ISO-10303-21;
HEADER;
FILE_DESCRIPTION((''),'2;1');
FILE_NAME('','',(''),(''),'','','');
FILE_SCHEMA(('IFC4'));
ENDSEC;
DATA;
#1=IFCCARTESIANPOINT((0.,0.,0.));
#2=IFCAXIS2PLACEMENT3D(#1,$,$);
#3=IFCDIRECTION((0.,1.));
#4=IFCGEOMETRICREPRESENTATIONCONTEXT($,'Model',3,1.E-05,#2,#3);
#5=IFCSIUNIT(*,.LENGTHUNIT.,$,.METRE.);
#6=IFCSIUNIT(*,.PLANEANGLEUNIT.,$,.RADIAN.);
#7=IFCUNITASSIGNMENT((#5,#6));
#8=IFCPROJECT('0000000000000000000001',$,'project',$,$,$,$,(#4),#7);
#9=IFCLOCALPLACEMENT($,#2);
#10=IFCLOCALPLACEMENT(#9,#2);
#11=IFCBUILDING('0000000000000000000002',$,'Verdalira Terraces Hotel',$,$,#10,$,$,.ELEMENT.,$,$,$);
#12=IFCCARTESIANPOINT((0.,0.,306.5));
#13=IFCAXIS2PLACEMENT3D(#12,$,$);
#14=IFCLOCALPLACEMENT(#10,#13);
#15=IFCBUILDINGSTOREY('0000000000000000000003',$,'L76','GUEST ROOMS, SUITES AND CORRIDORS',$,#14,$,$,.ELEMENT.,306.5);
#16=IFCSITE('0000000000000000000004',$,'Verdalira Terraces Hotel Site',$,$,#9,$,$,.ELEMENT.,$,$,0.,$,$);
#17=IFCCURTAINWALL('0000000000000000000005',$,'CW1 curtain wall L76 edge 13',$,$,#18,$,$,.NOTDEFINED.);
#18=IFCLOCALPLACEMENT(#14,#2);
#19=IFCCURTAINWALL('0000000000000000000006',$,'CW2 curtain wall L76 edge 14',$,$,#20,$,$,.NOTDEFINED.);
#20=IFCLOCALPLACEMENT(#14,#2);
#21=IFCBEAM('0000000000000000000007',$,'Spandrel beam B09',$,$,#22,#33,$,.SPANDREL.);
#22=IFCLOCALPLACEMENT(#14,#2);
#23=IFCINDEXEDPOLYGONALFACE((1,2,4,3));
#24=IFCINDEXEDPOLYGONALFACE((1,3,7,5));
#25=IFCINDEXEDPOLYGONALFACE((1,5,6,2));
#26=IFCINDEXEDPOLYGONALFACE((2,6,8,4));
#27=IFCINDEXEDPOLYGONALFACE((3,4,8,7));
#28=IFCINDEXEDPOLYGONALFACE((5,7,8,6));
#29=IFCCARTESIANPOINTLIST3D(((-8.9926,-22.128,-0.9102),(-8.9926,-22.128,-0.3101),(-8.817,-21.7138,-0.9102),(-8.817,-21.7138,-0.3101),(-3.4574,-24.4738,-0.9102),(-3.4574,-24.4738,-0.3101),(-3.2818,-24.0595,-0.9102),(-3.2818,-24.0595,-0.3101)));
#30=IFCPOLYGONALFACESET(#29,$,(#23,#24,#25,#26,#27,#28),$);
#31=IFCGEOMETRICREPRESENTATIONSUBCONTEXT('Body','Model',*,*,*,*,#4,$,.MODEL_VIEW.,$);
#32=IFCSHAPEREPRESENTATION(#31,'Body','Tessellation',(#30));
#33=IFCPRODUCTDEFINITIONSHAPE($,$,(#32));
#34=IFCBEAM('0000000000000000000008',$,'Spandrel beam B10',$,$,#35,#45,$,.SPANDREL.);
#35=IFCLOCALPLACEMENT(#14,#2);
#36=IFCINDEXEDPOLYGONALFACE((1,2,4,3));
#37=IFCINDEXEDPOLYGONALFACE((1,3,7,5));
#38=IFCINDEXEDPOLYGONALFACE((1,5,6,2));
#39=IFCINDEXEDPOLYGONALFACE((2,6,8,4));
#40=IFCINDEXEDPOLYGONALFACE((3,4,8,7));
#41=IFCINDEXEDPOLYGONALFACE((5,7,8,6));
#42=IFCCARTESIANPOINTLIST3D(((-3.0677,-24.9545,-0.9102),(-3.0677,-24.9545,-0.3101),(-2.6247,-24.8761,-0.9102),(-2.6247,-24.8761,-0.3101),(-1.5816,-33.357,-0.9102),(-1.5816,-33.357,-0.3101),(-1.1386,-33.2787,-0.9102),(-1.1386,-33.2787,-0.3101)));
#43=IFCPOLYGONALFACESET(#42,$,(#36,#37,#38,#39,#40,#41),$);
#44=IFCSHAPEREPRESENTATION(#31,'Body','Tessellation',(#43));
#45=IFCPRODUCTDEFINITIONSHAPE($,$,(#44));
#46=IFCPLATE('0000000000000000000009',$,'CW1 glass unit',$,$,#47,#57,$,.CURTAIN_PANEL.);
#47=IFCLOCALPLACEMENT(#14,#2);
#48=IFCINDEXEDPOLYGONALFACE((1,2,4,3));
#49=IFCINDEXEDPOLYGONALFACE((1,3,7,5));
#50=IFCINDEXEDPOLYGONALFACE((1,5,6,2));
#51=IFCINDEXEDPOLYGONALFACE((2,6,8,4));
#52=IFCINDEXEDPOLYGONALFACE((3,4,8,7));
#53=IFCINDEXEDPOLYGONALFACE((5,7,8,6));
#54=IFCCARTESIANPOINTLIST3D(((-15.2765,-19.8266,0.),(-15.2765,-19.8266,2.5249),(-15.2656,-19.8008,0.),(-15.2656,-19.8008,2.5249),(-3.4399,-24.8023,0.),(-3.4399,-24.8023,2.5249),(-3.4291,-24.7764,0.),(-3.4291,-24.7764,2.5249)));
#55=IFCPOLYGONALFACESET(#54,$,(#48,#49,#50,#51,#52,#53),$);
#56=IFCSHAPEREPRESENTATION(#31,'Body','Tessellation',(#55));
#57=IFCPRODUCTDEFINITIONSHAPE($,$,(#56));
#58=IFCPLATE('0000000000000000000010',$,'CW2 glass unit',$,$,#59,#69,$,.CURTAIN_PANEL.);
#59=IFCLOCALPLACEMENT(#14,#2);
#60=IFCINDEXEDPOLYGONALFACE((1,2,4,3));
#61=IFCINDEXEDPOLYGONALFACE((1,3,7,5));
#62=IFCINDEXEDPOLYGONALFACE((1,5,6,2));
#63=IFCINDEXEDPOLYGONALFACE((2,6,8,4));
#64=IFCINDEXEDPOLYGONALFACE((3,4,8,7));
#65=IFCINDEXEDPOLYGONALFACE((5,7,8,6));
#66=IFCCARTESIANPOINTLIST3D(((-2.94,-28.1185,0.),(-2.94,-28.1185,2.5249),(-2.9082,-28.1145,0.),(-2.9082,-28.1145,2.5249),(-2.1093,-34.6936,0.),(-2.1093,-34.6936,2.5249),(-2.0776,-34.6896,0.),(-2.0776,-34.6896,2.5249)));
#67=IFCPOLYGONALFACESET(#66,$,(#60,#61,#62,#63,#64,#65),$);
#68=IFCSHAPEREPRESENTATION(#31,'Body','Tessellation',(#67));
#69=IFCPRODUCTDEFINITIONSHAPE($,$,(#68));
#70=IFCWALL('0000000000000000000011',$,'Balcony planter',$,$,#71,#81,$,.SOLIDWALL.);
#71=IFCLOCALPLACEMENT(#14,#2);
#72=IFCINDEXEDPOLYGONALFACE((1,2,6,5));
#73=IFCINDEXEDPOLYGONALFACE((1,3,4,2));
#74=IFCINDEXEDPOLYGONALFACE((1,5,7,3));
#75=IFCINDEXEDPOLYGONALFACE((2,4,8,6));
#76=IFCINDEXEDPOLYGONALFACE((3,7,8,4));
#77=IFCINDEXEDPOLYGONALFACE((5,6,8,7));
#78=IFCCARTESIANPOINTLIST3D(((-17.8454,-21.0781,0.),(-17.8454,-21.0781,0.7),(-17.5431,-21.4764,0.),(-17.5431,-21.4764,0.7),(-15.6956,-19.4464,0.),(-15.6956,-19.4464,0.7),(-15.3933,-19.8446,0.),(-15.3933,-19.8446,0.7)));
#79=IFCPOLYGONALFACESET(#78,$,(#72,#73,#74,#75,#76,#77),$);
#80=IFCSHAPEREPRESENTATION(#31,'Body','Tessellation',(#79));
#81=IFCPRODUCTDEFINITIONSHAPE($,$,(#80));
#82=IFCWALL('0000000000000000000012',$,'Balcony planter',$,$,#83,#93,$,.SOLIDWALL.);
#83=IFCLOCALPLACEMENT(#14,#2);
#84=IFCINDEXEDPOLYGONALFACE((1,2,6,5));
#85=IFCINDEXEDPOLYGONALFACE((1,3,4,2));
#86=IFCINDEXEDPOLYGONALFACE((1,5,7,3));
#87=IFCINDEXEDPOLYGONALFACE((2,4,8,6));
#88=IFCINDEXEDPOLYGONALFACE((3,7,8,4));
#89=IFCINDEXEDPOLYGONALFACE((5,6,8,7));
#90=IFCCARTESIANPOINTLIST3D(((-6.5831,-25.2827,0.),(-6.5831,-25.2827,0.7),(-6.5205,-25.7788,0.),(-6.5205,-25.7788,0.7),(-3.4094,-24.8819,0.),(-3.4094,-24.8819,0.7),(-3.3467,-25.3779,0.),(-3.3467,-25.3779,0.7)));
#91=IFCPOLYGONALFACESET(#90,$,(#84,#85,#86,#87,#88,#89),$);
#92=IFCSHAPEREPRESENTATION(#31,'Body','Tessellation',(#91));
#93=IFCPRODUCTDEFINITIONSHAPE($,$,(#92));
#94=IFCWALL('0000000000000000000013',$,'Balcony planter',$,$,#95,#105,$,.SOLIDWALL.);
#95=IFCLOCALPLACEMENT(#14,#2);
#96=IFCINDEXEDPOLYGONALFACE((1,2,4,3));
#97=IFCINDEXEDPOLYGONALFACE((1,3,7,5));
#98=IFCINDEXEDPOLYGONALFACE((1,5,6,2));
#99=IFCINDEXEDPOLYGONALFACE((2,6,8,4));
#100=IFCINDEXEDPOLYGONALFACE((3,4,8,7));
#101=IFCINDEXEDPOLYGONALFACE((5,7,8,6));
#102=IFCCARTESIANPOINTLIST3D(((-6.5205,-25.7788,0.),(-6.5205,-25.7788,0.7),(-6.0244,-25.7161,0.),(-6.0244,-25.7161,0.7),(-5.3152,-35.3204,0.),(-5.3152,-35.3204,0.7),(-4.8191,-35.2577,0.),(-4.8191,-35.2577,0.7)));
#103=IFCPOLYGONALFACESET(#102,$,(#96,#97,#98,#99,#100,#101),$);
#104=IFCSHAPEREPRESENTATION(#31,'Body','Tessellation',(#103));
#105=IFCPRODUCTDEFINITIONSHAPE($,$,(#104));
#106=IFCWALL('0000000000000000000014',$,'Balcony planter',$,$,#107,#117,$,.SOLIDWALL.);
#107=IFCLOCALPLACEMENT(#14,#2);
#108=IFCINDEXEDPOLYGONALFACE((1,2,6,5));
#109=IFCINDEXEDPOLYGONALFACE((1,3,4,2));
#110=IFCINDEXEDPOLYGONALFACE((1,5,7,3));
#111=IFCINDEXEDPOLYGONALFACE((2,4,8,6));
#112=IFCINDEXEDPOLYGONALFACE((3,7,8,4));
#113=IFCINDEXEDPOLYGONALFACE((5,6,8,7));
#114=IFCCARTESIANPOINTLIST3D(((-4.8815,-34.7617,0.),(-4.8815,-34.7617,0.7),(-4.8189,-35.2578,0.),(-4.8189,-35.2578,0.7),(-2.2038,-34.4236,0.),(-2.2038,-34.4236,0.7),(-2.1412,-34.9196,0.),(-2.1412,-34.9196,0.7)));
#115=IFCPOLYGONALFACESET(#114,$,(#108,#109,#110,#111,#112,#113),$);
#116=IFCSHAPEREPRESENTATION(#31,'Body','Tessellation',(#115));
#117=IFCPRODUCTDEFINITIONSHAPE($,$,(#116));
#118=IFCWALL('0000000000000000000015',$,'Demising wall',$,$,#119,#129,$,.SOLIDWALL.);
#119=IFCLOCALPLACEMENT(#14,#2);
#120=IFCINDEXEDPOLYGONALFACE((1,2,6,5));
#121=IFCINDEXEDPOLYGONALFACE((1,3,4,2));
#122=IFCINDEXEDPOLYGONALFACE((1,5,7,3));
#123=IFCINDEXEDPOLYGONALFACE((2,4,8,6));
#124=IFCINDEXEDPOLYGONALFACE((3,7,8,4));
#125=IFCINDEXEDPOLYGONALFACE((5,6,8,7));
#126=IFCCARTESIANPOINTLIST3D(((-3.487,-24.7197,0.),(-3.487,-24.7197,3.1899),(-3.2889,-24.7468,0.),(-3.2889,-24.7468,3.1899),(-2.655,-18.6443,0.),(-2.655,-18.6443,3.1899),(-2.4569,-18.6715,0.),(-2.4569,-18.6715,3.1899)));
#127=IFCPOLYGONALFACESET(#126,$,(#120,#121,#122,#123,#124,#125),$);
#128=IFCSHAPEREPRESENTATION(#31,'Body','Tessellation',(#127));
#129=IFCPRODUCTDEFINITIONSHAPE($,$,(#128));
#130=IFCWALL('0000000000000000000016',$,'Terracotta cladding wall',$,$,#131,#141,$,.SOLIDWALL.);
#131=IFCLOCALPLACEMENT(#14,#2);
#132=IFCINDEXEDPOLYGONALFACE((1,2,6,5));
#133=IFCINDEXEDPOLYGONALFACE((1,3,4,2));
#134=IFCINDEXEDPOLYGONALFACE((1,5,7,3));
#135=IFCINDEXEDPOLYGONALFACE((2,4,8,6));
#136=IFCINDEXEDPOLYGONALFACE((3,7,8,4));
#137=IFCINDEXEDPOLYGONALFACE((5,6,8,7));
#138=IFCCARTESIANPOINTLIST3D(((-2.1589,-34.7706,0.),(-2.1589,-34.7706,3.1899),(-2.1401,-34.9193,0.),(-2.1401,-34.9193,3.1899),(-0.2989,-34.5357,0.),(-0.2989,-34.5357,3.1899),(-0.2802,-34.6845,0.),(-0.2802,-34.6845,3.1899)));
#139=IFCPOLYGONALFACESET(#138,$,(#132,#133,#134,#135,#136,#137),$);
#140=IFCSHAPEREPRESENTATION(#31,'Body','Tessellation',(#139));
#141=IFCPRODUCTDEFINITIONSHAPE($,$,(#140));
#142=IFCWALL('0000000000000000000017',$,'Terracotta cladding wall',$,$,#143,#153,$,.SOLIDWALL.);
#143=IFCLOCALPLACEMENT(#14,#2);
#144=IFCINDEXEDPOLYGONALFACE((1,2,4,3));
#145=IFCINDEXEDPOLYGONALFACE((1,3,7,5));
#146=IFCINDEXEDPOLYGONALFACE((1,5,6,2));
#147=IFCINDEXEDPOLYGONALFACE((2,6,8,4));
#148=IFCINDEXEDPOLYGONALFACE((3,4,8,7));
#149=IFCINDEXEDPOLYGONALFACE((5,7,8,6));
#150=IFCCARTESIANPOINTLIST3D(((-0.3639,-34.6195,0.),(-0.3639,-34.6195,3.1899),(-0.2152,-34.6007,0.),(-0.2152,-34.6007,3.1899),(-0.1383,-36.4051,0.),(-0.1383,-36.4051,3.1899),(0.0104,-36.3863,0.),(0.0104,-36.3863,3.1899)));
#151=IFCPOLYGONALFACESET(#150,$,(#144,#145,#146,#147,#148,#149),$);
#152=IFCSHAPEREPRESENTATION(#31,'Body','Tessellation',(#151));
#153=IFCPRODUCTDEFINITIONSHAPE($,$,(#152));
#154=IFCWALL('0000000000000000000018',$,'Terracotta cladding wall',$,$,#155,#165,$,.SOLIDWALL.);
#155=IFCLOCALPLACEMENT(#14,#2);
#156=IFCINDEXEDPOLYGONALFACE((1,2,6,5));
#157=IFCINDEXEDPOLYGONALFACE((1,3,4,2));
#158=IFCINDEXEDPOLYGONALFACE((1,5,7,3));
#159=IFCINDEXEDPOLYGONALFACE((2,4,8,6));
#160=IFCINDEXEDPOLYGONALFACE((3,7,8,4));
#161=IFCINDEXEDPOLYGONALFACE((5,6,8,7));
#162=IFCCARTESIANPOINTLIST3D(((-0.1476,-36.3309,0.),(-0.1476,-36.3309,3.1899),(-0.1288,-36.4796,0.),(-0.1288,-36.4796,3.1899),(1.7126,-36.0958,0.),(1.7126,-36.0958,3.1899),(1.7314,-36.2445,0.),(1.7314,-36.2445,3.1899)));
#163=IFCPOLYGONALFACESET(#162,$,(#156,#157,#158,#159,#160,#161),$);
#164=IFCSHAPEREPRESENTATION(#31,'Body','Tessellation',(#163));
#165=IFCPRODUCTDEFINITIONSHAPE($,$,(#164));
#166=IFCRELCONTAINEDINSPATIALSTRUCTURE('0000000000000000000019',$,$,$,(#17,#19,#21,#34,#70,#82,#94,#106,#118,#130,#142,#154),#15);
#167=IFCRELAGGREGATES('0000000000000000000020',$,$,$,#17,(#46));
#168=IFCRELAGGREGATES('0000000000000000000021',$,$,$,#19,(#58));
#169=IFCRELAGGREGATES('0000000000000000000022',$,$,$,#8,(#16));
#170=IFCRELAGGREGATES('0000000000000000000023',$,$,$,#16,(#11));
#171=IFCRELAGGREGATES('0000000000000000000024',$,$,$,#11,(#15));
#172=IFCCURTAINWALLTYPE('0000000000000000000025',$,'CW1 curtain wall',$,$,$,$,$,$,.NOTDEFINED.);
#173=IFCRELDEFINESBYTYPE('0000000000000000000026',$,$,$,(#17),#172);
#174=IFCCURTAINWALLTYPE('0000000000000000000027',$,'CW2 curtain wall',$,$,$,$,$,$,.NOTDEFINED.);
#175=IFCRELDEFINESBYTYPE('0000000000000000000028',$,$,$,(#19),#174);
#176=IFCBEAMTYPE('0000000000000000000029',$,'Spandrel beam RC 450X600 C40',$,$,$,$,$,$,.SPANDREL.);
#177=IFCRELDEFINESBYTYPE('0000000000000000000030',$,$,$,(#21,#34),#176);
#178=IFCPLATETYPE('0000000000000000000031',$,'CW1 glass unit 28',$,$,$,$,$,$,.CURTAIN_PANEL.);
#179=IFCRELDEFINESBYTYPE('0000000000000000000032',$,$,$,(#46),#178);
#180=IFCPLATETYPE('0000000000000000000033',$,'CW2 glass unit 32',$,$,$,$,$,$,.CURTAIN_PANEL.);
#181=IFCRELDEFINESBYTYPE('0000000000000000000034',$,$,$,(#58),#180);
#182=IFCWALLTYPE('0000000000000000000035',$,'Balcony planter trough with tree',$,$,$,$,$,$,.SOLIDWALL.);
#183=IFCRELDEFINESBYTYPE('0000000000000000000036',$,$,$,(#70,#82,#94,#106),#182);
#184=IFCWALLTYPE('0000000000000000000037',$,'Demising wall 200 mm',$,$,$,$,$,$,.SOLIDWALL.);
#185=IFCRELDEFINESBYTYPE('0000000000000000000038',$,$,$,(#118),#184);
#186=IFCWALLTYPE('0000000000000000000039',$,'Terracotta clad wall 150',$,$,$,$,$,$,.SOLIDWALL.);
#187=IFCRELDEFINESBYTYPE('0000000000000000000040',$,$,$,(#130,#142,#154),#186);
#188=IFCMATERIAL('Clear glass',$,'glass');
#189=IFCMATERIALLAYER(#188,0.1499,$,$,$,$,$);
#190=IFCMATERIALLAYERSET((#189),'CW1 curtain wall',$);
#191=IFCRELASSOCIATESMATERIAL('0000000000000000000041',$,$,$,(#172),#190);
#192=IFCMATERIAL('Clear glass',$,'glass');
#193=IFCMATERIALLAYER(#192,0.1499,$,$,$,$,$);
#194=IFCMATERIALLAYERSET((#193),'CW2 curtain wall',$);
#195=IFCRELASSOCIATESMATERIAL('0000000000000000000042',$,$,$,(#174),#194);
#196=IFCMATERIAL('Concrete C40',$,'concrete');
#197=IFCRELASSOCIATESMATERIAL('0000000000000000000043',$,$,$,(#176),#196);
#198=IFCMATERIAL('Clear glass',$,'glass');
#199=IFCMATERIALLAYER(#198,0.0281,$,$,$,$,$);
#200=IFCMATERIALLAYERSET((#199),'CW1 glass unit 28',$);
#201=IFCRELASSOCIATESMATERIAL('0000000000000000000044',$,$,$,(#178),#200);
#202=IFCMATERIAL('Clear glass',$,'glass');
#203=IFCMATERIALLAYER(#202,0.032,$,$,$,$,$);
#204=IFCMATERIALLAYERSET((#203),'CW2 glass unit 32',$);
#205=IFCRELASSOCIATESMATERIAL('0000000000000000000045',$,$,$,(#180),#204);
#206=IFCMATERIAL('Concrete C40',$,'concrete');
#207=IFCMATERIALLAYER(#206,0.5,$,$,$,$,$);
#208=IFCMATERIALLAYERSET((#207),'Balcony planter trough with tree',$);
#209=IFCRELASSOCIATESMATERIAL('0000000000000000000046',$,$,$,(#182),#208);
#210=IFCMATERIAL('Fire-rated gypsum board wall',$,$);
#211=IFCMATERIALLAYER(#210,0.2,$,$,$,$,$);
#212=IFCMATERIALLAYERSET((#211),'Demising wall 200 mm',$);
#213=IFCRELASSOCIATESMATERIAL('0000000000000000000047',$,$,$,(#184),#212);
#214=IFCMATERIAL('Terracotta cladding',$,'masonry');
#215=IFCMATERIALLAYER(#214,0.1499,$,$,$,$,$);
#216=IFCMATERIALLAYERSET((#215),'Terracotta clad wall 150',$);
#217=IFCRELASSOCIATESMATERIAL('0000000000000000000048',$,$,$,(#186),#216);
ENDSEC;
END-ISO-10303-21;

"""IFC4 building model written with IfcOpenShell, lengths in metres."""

from ifc_helpers import new_model, si_unit, direction, frame, frame_2d, origin, origin_2d, place, context, subcontext, project, spatial, rectangle, extrude, material, layer, layer_set, material_profile, profile_set, type_object, element, aggregate, save


model = new_model("IFC4")

# Units and contexts
model_context = context("Model", 3, precision=1e-05, world=origin(), true_north=direction((0.0, 1.0)))
body_context = subcontext(model_context, "Body", "Model", "MODEL_VIEW")
ifc_project = project(units=[si_unit("LENGTHUNIT", "METRE"), si_unit("PLANEANGLEUNIT", "RADIAN")], contexts=[model_context])

# Site, building, storey
site_placement = place(None, origin())
site = spatial("IfcSite", under=ifc_project, at=site_placement, Name="Verdalira Terraces Hotel Site", CompositionType="ELEMENT", RefElevation=0.0)
building_placement = place(site_placement, origin())
building = spatial("IfcBuilding", under=site, at=building_placement, Name="Verdalira Terraces Hotel", CompositionType="ELEMENT")
storey_placement = place(building_placement, frame((0.0, 0.0, 306.5)))
storey = spatial("IfcBuildingStorey", under=building, at=storey_placement, Name="L76", Description="GUEST ROOMS, SUITES AND CORRIDORS", CompositionType="ELEMENT", Elevation=306.5)

# Shared definitions
ifc_material_1 = material(Name="Clear glass", Category="glass")
ifc_layer_1 = layer(ifc_material_1, 0.1499)
ifc_layer_set_1 = layer_set([ifc_layer_1], Name="CW1 curtain wall")
curtain_wall_type_1 = type_object("IfcCurtainWallType", Name="CW1 curtain wall", PredefinedType="NOTDEFINED", material=ifc_layer_set_1)

# Curtain walls
curtain_wall_1_placement = place(storey_placement, origin())
curtain_wall_1 = element("IfcCurtainWall", 1, at=curtain_wall_1_placement, inside=storey, type_object=curtain_wall_type_1, Name="CW1 curtain wall L76 edge 13", PredefinedType="NOTDEFINED")
ifc_material_2 = material(Name="Clear glass", Category="glass")
ifc_layer_2 = layer(ifc_material_2, 0.1499)
ifc_layer_set_2 = layer_set([ifc_layer_2], Name="CW2 curtain wall")
curtain_wall_type_2 = type_object("IfcCurtainWallType", Name="CW2 curtain wall", PredefinedType="NOTDEFINED", material=ifc_layer_set_2)
curtain_wall_2_placement = place(storey_placement, origin())
curtain_wall_2 = element("IfcCurtainWall", 2, at=curtain_wall_2_placement, inside=storey, type_object=curtain_wall_type_2, Name="CW2 curtain wall L76 edge 14", PredefinedType="NOTDEFINED")

# Beams
ifc_material_3 = material(Name="Concrete C40", Category="concrete")
ifc_material_profile_1 = material_profile(ifc_material_3, rectangle(XDim=0.45, YDim=0.6001, at=origin_2d()), Name="RC 450X600")
ifc_profile_set_1 = profile_set([ifc_material_profile_1], Name="Concrete C40")
beam_type_1 = type_object("IfcBeamType", Name="Spandrel beam RC 450X600 C40", PredefinedType="SPANDREL", material=ifc_profile_set_1)
beam_1_placement = place(storey_placement, frame((-8.9048, -21.9209, -0.6101), z_axis=(0.920734, -0.390191, 0.0), x_axis=(0.390191, 0.920734, 0.0)))
element("IfcBeam", 3, at=beam_1_placement, inside=storey, type_object=beam_type_1, Name="Spandrel beam B09", PredefinedType="SPANDREL", context=body_context, shape_type="SweptSolid", body=[
    extrude(rectangle(XDim=0.45, YDim=0.6001, at=origin_2d()), origin(), (0.0, 0.0, 1.0), 6.0117),
])
beam_2_placement = place(storey_placement, frame((-2.8462, -24.9153, -0.6101), z_axis=(0.174157, -0.984718, 0.0), x_axis=(0.984718, 0.174157, 0.0)))
element("IfcBeam", 4, at=beam_2_placement, inside=storey, type_object=beam_type_1, Name="Spandrel beam B10", PredefinedType="SPANDREL", context=body_context, shape_type="SweptSolid", body=[
    extrude(rectangle(XDim=0.45, YDim=0.6001, at=origin_2d()), origin(), (0.0, 0.0, 1.0), 8.533),
])

# Plates
ifc_material_4 = material(Name="Clear glass", Category="glass")
ifc_layer_3 = layer(ifc_material_4, 0.0281)
ifc_layer_set_3 = layer_set([ifc_layer_3], Name="CW1 glass unit 28")
plate_type_1 = type_object("IfcPlateType", Name="CW1 glass unit 28", PredefinedType="CURTAIN_PANEL", material=ifc_layer_set_3)
plate_1_placement = place(storey_placement, frame((-9.3528, -22.3015, 0.0), z_axis=(0.0, 0.0, 1.0), x_axis=(0.921863, -0.387516, 0.0)))
plate_1 = element("IfcPlate", 5, at=plate_1_placement, type_object=plate_type_1, Name="CW1 glass unit", PredefinedType="CURTAIN_PANEL", context=body_context, shape_type="SweptSolid", body=[
    extrude(rectangle(XDim=12.8398, YDim=0.0281, at=origin_2d()), origin(), (0.0, 0.0, 1.0), 2.5249),
])
aggregate(curtain_wall_1, [plate_1])
ifc_material_5 = material(Name="Clear glass", Category="glass")
ifc_layer_4 = layer(ifc_material_5, 0.032)
ifc_layer_set_4 = layer_set([ifc_layer_4], Name="CW2 glass unit 32")
plate_type_2 = type_object("IfcPlateType", Name="CW2 glass unit 32", PredefinedType="CURTAIN_PANEL", material=ifc_layer_set_4)
plate_2_placement = place(storey_placement, frame((-2.5088, -31.4041, 0.0), z_axis=(0.0, 0.0, 1.0), x_axis=(0.125333, -0.992115, 0.0)))
plate_2 = element("IfcPlate", 6, at=plate_2_placement, type_object=plate_type_2, Name="CW2 glass unit", PredefinedType="CURTAIN_PANEL", context=body_context, shape_type="SweptSolid", body=[
    extrude(rectangle(XDim=6.6274, YDim=0.032, at=origin_2d()), origin(), (0.0, 0.0, 1.0), 2.5249),
])
aggregate(curtain_wall_2, [plate_2])

# Walls
ifc_material_6 = material(Name="Concrete C40", Category="concrete")
ifc_layer_5 = layer(ifc_material_6, 0.5)
ifc_layer_set_5 = layer_set([ifc_layer_5], Name="Balcony planter trough with tree")
wall_type_1 = type_object("IfcWallType", Name="Balcony planter trough with tree", PredefinedType="SOLIDWALL", material=ifc_layer_set_5)
wall_1_placement = place(storey_placement, frame((-17.6943, -21.2773, 0.0), z_axis=(0.0, 0.0, 1.0), x_axis=(0.796535, 0.604592, 0.0)))
element("IfcWall", 7, at=wall_1_placement, inside=storey, type_object=wall_type_1, Name="Balcony planter", PredefinedType="SOLIDWALL", context=body_context, shape_type="SweptSolid", body=[
    extrude(rectangle(XDim=2.699, YDim=0.5, at=frame_2d((1.3496, 0.0))), origin(), (0.0, 0.0, 1.0), 0.7),
])
wall_2_placement = place(storey_placement, frame((-3.3779, -25.1299, 0.0), z_axis=(0.0, 0.0, 1.0), x_axis=(-0.992117, -0.125312, 0.0)))
element("IfcWall", 8, at=wall_2_placement, inside=storey, type_object=wall_type_1, Name="Balcony planter", PredefinedType="SOLIDWALL", context=body_context, shape_type="SweptSolid", body=[
    extrude(rectangle(XDim=3.199, YDim=0.5, at=frame_2d((1.5996, 0.0))), origin(), (0.0, 0.0, 1.0), 0.7),
])
wall_3_placement = place(storey_placement, frame((-6.2725, -25.7476, 0.0), z_axis=(0.0, 0.0, 1.0), x_axis=(0.125328, -0.992115, 0.0)))
element("IfcWall", 9, at=wall_3_placement, inside=storey, type_object=wall_type_1, Name="Balcony planter", PredefinedType="SOLIDWALL", context=body_context, shape_type="SweptSolid", body=[
    extrude(rectangle(XDim=9.6174, YDim=0.5, at=frame_2d((4.8086, 0.0))), origin(), (0.0, 0.0, 1.0), 0.7),
])
wall_4_placement = place(storey_placement, frame((-4.8503, -35.0098, 0.0), z_axis=(0.0, 0.0, 1.0), x_axis=(0.992121, 0.125282, 0.0)))
element("IfcWall", 10, at=wall_4_placement, inside=storey, type_object=wall_type_1, Name="Balcony planter", PredefinedType="SOLIDWALL", context=body_context, shape_type="SweptSolid", body=[
    extrude(rectangle(XDim=2.699, YDim=0.5, at=frame_2d((1.3496, 0.0))), origin(), (0.0, 0.0, 1.0), 0.7),
])
ifc_material_7 = material(Name="Fire-rated gypsum board wall")
ifc_layer_6 = layer(ifc_material_7, 0.2)
ifc_layer_set_6 = layer_set([ifc_layer_6], Name="Demising wall 200 mm")
wall_type_2 = type_object("IfcWallType", Name="Demising wall 200 mm", PredefinedType="SOLIDWALL", material=ifc_layer_set_6)
wall_5_placement = place(storey_placement, frame((-3.3879, -24.7332, 0.0), z_axis=(0.0, 0.0, 1.0), x_axis=(0.135683, 0.990752, 0.0)))
element("IfcWall", 11, at=wall_5_placement, inside=storey, type_object=wall_type_2, Name="Demising wall", PredefinedType="SOLIDWALL", context=body_context, shape_type="SweptSolid", body=[
    extrude(rectangle(XDim=6.1321, YDim=0.2, at=frame_2d((3.0659, 0.0))), origin(), (0.0, 0.0, 1.0), 3.1899),
])
ifc_material_8 = material(Name="Terracotta cladding", Category="masonry")
ifc_layer_7 = layer(ifc_material_8, 0.1499)
ifc_layer_set_7 = layer_set([ifc_layer_7], Name="Terracotta clad wall 150")
wall_type_3 = type_object("IfcWallType", Name="Terracotta clad wall 150", PredefinedType="SOLIDWALL", material=ifc_layer_set_7)
wall_6_placement = place(storey_placement, frame((-2.1497, -34.845, 0.0), z_axis=(0.0, 0.0, 1.0), x_axis=(0.992123, 0.125269, 0.0)))
element("IfcWall", 12, at=wall_6_placement, inside=storey, type_object=wall_type_3, Name="Terracotta cladding wall", PredefinedType="SOLIDWALL", context=body_context, shape_type="SweptSolid", body=[
    extrude(rectangle(XDim=1.8748, YDim=0.1499, at=frame_2d((0.9375, 0.0))), origin(), (0.0, 0.0, 1.0), 3.1899),
])
wall_7_placement = place(storey_placement, frame((-0.2896, -34.6101, 0.0), z_axis=(0.0, 0.0, 1.0), x_axis=(0.125337, -0.992114, 0.0)))
element("IfcWall", 13, at=wall_7_placement, inside=storey, type_object=wall_type_3, Name="Terracotta cladding wall", PredefinedType="SOLIDWALL", context=body_context, shape_type="SweptSolid", body=[
    extrude(rectangle(XDim=1.7998, YDim=0.1499, at=frame_2d((0.8999, 0.0))), origin(), (0.0, 0.0, 1.0), 3.1899),
])
wall_8_placement = place(storey_placement, frame((-0.1382, -36.4053, 0.0), z_axis=(0.0, 0.0, 1.0), x_axis=(0.992107, 0.125397, 0.0)))
element("IfcWall", 14, at=wall_8_placement, inside=storey, type_object=wall_type_3, Name="Terracotta cladding wall", PredefinedType="SOLIDWALL", context=body_context, shape_type="SweptSolid", body=[
    extrude(rectangle(XDim=1.875, YDim=0.1499, at=frame_2d((0.9375, 0.0))), origin(), (0.0, 0.0, 1.0), 3.1899),
])

save(model, "model.ifc")
